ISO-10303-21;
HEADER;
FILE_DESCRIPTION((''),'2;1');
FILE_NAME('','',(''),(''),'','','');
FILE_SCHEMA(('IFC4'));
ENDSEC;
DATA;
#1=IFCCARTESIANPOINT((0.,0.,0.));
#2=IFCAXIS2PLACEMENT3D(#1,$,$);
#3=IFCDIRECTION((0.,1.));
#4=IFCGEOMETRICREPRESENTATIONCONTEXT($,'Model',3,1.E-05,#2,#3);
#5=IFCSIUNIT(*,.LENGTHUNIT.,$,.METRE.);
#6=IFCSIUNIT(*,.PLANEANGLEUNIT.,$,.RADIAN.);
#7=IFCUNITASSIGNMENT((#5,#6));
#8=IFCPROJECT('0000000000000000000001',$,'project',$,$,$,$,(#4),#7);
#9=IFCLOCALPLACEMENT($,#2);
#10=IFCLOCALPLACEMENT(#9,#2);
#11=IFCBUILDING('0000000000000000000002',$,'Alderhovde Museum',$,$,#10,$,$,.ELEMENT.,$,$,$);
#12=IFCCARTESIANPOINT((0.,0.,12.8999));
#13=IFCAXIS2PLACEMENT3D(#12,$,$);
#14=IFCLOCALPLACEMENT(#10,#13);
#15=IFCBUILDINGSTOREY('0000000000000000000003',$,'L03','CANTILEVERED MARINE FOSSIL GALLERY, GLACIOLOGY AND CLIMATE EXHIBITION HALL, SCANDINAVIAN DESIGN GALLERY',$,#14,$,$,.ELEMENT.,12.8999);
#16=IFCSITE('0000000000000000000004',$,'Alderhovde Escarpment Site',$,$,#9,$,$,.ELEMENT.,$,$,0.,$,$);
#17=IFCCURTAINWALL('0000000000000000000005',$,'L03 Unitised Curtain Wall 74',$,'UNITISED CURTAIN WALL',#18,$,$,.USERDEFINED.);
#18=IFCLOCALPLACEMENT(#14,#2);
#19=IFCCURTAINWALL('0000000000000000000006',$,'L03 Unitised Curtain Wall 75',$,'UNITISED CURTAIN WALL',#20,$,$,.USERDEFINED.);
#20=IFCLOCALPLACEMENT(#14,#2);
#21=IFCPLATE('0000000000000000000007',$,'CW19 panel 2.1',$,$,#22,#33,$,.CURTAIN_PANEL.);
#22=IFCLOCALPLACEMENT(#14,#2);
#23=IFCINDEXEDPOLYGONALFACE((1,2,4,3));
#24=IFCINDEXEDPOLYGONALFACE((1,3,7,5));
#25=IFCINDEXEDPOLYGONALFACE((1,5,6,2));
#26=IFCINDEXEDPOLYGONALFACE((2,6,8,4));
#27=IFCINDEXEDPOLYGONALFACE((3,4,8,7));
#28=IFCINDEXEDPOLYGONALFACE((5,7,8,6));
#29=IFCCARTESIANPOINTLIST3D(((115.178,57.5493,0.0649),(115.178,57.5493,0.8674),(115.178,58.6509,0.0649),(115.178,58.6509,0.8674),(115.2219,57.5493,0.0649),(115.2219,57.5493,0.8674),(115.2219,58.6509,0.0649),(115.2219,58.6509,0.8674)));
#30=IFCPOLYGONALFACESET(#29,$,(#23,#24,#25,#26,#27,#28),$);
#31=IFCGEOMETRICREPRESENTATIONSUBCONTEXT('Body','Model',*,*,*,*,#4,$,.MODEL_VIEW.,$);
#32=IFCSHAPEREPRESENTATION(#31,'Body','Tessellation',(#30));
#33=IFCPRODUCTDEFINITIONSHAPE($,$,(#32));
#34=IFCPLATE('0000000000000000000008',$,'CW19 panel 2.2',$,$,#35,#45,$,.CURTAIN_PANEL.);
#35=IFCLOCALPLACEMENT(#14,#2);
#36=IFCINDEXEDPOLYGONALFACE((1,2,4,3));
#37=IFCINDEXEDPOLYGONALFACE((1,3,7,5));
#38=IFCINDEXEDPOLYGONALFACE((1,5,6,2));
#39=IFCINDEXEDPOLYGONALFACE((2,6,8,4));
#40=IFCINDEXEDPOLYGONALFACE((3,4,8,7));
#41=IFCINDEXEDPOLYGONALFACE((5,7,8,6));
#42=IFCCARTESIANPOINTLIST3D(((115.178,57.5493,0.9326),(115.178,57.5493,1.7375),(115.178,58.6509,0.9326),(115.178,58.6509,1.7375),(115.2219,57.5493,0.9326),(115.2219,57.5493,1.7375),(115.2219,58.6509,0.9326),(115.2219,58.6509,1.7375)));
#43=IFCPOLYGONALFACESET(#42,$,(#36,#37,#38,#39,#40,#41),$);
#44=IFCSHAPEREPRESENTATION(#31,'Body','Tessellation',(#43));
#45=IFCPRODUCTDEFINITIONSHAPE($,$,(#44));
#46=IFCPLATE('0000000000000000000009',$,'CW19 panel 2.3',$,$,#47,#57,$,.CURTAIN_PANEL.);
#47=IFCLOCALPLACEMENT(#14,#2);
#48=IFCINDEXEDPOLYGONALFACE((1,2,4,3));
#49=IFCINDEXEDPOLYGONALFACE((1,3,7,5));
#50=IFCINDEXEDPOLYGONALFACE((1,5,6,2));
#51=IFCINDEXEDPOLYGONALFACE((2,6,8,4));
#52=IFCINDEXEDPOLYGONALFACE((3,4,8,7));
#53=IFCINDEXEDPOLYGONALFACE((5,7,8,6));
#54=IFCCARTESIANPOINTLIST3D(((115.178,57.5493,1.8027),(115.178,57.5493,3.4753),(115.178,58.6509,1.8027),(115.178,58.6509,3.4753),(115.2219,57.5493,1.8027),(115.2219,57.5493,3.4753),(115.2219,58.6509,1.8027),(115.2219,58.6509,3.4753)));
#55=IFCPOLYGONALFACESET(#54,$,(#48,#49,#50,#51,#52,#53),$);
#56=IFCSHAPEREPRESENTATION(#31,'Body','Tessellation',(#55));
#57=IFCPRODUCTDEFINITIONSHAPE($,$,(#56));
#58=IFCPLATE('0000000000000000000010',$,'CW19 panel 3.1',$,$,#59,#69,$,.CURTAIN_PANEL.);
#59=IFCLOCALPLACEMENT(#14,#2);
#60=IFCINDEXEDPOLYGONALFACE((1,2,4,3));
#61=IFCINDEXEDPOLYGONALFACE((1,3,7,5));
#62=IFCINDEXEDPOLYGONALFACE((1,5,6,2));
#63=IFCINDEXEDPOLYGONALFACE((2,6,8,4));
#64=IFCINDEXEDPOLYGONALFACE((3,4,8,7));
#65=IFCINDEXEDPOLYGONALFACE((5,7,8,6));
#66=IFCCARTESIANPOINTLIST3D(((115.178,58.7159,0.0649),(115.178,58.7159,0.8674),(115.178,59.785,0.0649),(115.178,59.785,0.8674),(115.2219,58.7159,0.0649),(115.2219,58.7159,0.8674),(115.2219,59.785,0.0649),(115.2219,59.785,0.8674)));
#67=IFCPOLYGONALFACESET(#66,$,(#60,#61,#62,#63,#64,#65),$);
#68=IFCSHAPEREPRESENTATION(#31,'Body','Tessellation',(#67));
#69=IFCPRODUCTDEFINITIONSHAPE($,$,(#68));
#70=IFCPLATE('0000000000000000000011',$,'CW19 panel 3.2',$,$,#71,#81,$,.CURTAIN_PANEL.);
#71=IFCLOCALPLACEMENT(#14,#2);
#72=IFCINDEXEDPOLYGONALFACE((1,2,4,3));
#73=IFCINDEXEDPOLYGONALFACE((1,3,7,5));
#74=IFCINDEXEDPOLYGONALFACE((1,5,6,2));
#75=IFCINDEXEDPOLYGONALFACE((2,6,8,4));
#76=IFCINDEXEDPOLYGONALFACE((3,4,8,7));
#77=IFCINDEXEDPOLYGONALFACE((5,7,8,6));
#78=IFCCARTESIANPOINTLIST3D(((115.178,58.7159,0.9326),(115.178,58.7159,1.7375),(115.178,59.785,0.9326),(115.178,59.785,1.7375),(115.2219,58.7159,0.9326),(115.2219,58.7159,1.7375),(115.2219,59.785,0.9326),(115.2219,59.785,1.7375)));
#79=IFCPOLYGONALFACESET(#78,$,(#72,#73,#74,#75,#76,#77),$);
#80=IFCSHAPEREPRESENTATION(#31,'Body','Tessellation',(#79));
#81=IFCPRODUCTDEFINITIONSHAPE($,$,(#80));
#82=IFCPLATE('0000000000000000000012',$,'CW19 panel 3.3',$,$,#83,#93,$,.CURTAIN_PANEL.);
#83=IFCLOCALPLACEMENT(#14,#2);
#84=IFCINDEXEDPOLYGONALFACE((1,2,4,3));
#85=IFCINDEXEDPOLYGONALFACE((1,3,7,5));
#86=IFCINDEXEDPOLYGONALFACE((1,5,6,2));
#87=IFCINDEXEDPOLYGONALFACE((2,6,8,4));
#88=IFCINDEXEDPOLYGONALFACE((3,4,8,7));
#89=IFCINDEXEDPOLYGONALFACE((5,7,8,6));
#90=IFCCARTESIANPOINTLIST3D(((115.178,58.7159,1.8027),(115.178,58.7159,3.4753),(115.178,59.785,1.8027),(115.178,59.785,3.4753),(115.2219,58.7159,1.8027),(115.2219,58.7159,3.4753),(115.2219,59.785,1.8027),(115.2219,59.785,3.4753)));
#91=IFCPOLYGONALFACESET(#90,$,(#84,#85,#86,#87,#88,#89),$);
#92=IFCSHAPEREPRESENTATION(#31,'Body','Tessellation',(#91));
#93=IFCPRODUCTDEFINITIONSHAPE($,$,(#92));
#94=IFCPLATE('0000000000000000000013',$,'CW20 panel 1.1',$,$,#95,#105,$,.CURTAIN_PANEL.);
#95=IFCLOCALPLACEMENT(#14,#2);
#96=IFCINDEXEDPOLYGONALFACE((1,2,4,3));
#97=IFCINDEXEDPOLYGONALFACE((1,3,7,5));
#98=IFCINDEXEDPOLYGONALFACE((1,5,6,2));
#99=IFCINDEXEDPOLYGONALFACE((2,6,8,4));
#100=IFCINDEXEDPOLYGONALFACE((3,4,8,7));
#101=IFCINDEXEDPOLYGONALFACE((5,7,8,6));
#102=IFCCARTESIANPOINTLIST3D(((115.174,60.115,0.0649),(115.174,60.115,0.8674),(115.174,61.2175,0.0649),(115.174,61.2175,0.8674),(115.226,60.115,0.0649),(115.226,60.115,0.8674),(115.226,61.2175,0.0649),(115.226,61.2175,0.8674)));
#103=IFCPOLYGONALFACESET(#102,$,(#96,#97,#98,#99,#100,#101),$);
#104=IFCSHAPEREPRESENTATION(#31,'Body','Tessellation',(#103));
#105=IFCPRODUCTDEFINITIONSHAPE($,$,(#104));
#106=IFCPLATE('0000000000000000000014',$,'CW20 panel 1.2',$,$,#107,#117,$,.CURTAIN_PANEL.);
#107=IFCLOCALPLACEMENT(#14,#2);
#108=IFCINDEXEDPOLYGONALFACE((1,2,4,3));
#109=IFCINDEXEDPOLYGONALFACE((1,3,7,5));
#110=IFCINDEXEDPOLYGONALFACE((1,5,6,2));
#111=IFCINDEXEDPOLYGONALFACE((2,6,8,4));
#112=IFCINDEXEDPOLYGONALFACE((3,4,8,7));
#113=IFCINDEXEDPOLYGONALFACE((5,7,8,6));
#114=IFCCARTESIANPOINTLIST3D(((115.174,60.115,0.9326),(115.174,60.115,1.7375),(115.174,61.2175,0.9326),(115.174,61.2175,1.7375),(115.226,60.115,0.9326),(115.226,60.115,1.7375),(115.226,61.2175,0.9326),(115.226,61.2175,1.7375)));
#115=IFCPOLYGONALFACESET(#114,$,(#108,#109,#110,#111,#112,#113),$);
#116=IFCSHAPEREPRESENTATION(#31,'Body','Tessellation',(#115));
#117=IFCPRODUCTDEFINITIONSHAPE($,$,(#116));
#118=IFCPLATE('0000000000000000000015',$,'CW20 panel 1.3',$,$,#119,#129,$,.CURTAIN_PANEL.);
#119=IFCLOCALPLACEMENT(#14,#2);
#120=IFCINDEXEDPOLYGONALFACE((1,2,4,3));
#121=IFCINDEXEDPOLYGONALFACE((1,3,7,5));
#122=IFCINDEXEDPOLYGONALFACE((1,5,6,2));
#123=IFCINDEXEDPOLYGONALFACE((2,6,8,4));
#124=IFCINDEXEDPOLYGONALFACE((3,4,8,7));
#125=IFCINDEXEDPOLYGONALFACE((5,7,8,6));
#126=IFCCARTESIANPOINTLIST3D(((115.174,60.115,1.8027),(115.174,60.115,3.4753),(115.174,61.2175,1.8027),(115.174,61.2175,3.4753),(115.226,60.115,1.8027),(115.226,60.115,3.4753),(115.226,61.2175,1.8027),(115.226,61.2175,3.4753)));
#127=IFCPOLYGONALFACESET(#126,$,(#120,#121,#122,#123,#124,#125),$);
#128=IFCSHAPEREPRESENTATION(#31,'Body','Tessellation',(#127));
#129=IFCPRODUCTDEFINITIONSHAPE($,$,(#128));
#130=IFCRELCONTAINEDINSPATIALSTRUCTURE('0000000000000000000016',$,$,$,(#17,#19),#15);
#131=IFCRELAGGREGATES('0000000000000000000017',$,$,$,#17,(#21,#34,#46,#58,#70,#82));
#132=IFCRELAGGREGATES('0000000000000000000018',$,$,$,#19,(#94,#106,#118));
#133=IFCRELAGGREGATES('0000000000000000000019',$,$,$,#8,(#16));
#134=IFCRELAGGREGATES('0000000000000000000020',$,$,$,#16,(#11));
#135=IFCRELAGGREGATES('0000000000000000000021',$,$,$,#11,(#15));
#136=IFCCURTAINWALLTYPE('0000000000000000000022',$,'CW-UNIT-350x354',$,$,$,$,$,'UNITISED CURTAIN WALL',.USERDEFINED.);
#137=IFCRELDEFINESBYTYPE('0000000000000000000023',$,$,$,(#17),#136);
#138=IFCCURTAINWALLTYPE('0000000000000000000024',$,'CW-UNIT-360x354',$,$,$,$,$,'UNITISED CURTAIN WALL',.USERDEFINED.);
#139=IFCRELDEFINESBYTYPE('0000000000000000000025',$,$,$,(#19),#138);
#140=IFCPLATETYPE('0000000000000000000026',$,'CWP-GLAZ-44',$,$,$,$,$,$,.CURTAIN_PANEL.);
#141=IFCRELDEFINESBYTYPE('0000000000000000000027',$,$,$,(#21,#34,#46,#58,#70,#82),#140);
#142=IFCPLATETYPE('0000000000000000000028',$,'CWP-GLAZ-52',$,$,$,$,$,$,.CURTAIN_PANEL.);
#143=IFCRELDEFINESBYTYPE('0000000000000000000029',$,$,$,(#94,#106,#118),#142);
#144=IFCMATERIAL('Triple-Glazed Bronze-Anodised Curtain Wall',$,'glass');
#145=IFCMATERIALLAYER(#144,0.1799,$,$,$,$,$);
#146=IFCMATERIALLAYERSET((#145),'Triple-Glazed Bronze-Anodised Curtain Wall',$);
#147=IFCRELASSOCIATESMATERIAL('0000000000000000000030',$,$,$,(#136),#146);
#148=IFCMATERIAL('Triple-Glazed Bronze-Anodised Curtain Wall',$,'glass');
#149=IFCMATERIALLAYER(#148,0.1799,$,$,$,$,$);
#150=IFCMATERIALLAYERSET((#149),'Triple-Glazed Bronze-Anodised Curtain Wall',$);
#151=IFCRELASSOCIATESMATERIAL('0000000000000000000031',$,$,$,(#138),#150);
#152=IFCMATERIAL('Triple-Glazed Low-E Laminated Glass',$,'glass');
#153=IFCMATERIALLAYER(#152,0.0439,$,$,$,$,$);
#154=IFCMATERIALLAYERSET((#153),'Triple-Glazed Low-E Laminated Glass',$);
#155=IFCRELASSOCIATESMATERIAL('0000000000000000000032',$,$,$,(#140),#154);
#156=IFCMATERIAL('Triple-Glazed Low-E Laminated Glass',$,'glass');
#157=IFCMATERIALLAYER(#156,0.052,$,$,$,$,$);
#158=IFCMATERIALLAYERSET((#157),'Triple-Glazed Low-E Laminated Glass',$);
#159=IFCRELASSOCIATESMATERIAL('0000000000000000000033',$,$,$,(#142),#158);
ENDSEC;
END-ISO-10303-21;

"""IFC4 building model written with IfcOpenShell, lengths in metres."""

from ifc_helpers import new_model, si_unit, direction, frame, origin, origin_2d, place, context, subcontext, project, spatial, rectangle, extrude, material, layer, layer_set, type_object, element, aggregate, save


model = new_model("IFC4")

# Units and contexts
model_context = context("Model", 3, precision=1e-05, world=origin(), true_north=direction((0.0, 1.0)))
body_context = subcontext(model_context, "Body", "Model", "MODEL_VIEW")
ifc_project = project(units=[si_unit("LENGTHUNIT", "METRE"), si_unit("PLANEANGLEUNIT", "RADIAN")], contexts=[model_context])

# Site, building, storey
site_placement = place(None, origin())
site = spatial("IfcSite", under=ifc_project, at=site_placement, Name="Alderhovde Escarpment Site", CompositionType="ELEMENT", RefElevation=0.0)
building_placement = place(site_placement, origin())
building = spatial("IfcBuilding", under=site, at=building_placement, Name="Alderhovde Museum", CompositionType="ELEMENT")
storey_placement = place(building_placement, frame((0.0, 0.0, 12.8999)))
storey = spatial("IfcBuildingStorey", under=building, at=storey_placement, Name="L03", Description="CANTILEVERED MARINE FOSSIL GALLERY, GLACIOLOGY AND CLIMATE EXHIBITION HALL, SCANDINAVIAN DESIGN GALLERY", CompositionType="ELEMENT", Elevation=12.8999)

# Curtain walls
ifc_material_1 = material(Name="Triple-Glazed Bronze-Anodised Curtain Wall", Category="glass")
ifc_layer_1 = layer(ifc_material_1, 0.1799)
ifc_layer_set_1 = layer_set([ifc_layer_1], Name="Triple-Glazed Bronze-Anodised Curtain Wall")
curtain_wall_type_1 = type_object("IfcCurtainWallType", Name="CW-UNIT-350x354", ElementType="UNITISED CURTAIN WALL", PredefinedType="USERDEFINED", material=ifc_layer_set_1)
curtain_wall_1_placement = place(storey_placement, origin())
curtain_wall_1 = element("IfcCurtainWall", 1, at=curtain_wall_1_placement, inside=storey, type_object=curtain_wall_type_1, Name="L03 Unitised Curtain Wall 74", ObjectType="UNITISED CURTAIN WALL", PredefinedType="USERDEFINED")
ifc_material_2 = material(Name="Triple-Glazed Bronze-Anodised Curtain Wall", Category="glass")
ifc_layer_2 = layer(ifc_material_2, 0.1799)
ifc_layer_set_2 = layer_set([ifc_layer_2], Name="Triple-Glazed Bronze-Anodised Curtain Wall")
curtain_wall_type_2 = type_object("IfcCurtainWallType", Name="CW-UNIT-360x354", ElementType="UNITISED CURTAIN WALL", PredefinedType="USERDEFINED", material=ifc_layer_set_2)
curtain_wall_2_placement = place(storey_placement, origin())
curtain_wall_2 = element("IfcCurtainWall", 2, at=curtain_wall_2_placement, inside=storey, type_object=curtain_wall_type_2, Name="L03 Unitised Curtain Wall 75", ObjectType="UNITISED CURTAIN WALL", PredefinedType="USERDEFINED")

# Plates
ifc_material_3 = material(Name="Triple-Glazed Low-E Laminated Glass", Category="glass")
ifc_layer_3 = layer(ifc_material_3, 0.0439)
ifc_layer_set_3 = layer_set([ifc_layer_3], Name="Triple-Glazed Low-E Laminated Glass")
plate_type_1 = type_object("IfcPlateType", Name="CWP-GLAZ-44", PredefinedType="CURTAIN_PANEL", material=ifc_layer_set_3)
plate_1_placement = place(storey_placement, frame((115.2, 58.1001, 0.0649), z_axis=(0.0, 0.0, 1.0), x_axis=(0.0, 1.0, 0.0)))
plate_1 = element("IfcPlate", 3, at=plate_1_placement, type_object=plate_type_1, Name="CW19 panel 2.1", PredefinedType="CURTAIN_PANEL", context=body_context, shape_type="SweptSolid", body=[
    extrude(rectangle(XDim=1.1016, YDim=0.0439, at=origin_2d()), origin(), (0.0, 0.0, 1.0), 0.8025),
])
plate_2_placement = place(storey_placement, frame((115.2, 58.1001, 0.9326), z_axis=(0.0, 0.0, 1.0), x_axis=(0.0, 1.0, 0.0)))
plate_2 = element("IfcPlate", 4, at=plate_2_placement, type_object=plate_type_1, Name="CW19 panel 2.2", PredefinedType="CURTAIN_PANEL", context=body_context, shape_type="SweptSolid", body=[
    extrude(rectangle(XDim=1.1016, YDim=0.0439, at=origin_2d()), origin(), (0.0, 0.0, 1.0), 0.8049),
])
plate_3_placement = place(storey_placement, frame((115.2, 58.1001, 1.8027), z_axis=(0.0, 0.0, 1.0), x_axis=(0.0, 1.0, 0.0)))
plate_3 = element("IfcPlate", 5, at=plate_3_placement, type_object=plate_type_1, Name="CW19 panel 2.3", PredefinedType="CURTAIN_PANEL", context=body_context, shape_type="SweptSolid", body=[
    extrude(rectangle(XDim=1.1016, YDim=0.0439, at=origin_2d()), origin(), (0.0, 0.0, 1.0), 1.6726),
])
plate_4_placement = place(storey_placement, frame((115.2, 59.2505, 0.0649), z_axis=(0.0, 0.0, 1.0), x_axis=(0.0, 1.0, 0.0)))
plate_4 = element("IfcPlate", 6, at=plate_4_placement, type_object=plate_type_1, Name="CW19 panel 3.1", PredefinedType="CURTAIN_PANEL", context=body_context, shape_type="SweptSolid", body=[
    extrude(rectangle(XDim=1.0691, YDim=0.0439, at=origin_2d()), origin(), (0.0, 0.0, 1.0), 0.8025),
])
plate_5_placement = place(storey_placement, frame((115.2, 59.2505, 0.9326), z_axis=(0.0, 0.0, 1.0), x_axis=(0.0, 1.0, 0.0)))
plate_5 = element("IfcPlate", 7, at=plate_5_placement, type_object=plate_type_1, Name="CW19 panel 3.2", PredefinedType="CURTAIN_PANEL", context=body_context, shape_type="SweptSolid", body=[
    extrude(rectangle(XDim=1.0691, YDim=0.0439, at=origin_2d()), origin(), (0.0, 0.0, 1.0), 0.8049),
])
plate_6_placement = place(storey_placement, frame((115.2, 59.2505, 1.8027), z_axis=(0.0, 0.0, 1.0), x_axis=(0.0, 1.0, 0.0)))
plate_6 = element("IfcPlate", 8, at=plate_6_placement, type_object=plate_type_1, Name="CW19 panel 3.3", PredefinedType="CURTAIN_PANEL", context=body_context, shape_type="SweptSolid", body=[
    extrude(rectangle(XDim=1.0691, YDim=0.0439, at=origin_2d()), origin(), (0.0, 0.0, 1.0), 1.6726),
])
aggregate(curtain_wall_1, [plate_1, plate_2, plate_3, plate_4, plate_5, plate_6])
ifc_material_4 = material(Name="Triple-Glazed Low-E Laminated Glass", Category="glass")
ifc_layer_4 = layer(ifc_material_4, 0.052)
ifc_layer_set_4 = layer_set([ifc_layer_4], Name="Triple-Glazed Low-E Laminated Glass")
plate_type_2 = type_object("IfcPlateType", Name="CWP-GLAZ-52", PredefinedType="CURTAIN_PANEL", material=ifc_layer_set_4)
plate_7_placement = place(storey_placement, frame((115.2, 60.6663, 0.0649), z_axis=(0.0, 0.0, 1.0), x_axis=(0.0, 1.0, 0.0)))
plate_7 = element("IfcPlate", 9, at=plate_7_placement, type_object=plate_type_2, Name="CW20 panel 1.1", PredefinedType="CURTAIN_PANEL", context=body_context, shape_type="SweptSolid", body=[
    extrude(rectangle(XDim=1.1025, YDim=0.052, at=origin_2d()), origin(), (0.0, 0.0, 1.0), 0.8025),
])
plate_8_placement = place(storey_placement, frame((115.2, 60.6663, 0.9326), z_axis=(0.0, 0.0, 1.0), x_axis=(0.0, 1.0, 0.0)))
plate_8 = element("IfcPlate", 10, at=plate_8_placement, type_object=plate_type_2, Name="CW20 panel 1.2", PredefinedType="CURTAIN_PANEL", context=body_context, shape_type="SweptSolid", body=[
    extrude(rectangle(XDim=1.1025, YDim=0.052, at=origin_2d()), origin(), (0.0, 0.0, 1.0), 0.8049),
])
plate_9_placement = place(storey_placement, frame((115.2, 60.6663, 1.8027), z_axis=(0.0, 0.0, 1.0), x_axis=(0.0, 1.0, 0.0)))
plate_9 = element("IfcPlate", 11, at=plate_9_placement, type_object=plate_type_2, Name="CW20 panel 1.3", PredefinedType="CURTAIN_PANEL", context=body_context, shape_type="SweptSolid", body=[
    extrude(rectangle(XDim=1.1025, YDim=0.052, at=origin_2d()), origin(), (0.0, 0.0, 1.0), 1.6726),
])
aggregate(curtain_wall_2, [plate_7, plate_8, plate_9])

save(model, "model.ifc")
